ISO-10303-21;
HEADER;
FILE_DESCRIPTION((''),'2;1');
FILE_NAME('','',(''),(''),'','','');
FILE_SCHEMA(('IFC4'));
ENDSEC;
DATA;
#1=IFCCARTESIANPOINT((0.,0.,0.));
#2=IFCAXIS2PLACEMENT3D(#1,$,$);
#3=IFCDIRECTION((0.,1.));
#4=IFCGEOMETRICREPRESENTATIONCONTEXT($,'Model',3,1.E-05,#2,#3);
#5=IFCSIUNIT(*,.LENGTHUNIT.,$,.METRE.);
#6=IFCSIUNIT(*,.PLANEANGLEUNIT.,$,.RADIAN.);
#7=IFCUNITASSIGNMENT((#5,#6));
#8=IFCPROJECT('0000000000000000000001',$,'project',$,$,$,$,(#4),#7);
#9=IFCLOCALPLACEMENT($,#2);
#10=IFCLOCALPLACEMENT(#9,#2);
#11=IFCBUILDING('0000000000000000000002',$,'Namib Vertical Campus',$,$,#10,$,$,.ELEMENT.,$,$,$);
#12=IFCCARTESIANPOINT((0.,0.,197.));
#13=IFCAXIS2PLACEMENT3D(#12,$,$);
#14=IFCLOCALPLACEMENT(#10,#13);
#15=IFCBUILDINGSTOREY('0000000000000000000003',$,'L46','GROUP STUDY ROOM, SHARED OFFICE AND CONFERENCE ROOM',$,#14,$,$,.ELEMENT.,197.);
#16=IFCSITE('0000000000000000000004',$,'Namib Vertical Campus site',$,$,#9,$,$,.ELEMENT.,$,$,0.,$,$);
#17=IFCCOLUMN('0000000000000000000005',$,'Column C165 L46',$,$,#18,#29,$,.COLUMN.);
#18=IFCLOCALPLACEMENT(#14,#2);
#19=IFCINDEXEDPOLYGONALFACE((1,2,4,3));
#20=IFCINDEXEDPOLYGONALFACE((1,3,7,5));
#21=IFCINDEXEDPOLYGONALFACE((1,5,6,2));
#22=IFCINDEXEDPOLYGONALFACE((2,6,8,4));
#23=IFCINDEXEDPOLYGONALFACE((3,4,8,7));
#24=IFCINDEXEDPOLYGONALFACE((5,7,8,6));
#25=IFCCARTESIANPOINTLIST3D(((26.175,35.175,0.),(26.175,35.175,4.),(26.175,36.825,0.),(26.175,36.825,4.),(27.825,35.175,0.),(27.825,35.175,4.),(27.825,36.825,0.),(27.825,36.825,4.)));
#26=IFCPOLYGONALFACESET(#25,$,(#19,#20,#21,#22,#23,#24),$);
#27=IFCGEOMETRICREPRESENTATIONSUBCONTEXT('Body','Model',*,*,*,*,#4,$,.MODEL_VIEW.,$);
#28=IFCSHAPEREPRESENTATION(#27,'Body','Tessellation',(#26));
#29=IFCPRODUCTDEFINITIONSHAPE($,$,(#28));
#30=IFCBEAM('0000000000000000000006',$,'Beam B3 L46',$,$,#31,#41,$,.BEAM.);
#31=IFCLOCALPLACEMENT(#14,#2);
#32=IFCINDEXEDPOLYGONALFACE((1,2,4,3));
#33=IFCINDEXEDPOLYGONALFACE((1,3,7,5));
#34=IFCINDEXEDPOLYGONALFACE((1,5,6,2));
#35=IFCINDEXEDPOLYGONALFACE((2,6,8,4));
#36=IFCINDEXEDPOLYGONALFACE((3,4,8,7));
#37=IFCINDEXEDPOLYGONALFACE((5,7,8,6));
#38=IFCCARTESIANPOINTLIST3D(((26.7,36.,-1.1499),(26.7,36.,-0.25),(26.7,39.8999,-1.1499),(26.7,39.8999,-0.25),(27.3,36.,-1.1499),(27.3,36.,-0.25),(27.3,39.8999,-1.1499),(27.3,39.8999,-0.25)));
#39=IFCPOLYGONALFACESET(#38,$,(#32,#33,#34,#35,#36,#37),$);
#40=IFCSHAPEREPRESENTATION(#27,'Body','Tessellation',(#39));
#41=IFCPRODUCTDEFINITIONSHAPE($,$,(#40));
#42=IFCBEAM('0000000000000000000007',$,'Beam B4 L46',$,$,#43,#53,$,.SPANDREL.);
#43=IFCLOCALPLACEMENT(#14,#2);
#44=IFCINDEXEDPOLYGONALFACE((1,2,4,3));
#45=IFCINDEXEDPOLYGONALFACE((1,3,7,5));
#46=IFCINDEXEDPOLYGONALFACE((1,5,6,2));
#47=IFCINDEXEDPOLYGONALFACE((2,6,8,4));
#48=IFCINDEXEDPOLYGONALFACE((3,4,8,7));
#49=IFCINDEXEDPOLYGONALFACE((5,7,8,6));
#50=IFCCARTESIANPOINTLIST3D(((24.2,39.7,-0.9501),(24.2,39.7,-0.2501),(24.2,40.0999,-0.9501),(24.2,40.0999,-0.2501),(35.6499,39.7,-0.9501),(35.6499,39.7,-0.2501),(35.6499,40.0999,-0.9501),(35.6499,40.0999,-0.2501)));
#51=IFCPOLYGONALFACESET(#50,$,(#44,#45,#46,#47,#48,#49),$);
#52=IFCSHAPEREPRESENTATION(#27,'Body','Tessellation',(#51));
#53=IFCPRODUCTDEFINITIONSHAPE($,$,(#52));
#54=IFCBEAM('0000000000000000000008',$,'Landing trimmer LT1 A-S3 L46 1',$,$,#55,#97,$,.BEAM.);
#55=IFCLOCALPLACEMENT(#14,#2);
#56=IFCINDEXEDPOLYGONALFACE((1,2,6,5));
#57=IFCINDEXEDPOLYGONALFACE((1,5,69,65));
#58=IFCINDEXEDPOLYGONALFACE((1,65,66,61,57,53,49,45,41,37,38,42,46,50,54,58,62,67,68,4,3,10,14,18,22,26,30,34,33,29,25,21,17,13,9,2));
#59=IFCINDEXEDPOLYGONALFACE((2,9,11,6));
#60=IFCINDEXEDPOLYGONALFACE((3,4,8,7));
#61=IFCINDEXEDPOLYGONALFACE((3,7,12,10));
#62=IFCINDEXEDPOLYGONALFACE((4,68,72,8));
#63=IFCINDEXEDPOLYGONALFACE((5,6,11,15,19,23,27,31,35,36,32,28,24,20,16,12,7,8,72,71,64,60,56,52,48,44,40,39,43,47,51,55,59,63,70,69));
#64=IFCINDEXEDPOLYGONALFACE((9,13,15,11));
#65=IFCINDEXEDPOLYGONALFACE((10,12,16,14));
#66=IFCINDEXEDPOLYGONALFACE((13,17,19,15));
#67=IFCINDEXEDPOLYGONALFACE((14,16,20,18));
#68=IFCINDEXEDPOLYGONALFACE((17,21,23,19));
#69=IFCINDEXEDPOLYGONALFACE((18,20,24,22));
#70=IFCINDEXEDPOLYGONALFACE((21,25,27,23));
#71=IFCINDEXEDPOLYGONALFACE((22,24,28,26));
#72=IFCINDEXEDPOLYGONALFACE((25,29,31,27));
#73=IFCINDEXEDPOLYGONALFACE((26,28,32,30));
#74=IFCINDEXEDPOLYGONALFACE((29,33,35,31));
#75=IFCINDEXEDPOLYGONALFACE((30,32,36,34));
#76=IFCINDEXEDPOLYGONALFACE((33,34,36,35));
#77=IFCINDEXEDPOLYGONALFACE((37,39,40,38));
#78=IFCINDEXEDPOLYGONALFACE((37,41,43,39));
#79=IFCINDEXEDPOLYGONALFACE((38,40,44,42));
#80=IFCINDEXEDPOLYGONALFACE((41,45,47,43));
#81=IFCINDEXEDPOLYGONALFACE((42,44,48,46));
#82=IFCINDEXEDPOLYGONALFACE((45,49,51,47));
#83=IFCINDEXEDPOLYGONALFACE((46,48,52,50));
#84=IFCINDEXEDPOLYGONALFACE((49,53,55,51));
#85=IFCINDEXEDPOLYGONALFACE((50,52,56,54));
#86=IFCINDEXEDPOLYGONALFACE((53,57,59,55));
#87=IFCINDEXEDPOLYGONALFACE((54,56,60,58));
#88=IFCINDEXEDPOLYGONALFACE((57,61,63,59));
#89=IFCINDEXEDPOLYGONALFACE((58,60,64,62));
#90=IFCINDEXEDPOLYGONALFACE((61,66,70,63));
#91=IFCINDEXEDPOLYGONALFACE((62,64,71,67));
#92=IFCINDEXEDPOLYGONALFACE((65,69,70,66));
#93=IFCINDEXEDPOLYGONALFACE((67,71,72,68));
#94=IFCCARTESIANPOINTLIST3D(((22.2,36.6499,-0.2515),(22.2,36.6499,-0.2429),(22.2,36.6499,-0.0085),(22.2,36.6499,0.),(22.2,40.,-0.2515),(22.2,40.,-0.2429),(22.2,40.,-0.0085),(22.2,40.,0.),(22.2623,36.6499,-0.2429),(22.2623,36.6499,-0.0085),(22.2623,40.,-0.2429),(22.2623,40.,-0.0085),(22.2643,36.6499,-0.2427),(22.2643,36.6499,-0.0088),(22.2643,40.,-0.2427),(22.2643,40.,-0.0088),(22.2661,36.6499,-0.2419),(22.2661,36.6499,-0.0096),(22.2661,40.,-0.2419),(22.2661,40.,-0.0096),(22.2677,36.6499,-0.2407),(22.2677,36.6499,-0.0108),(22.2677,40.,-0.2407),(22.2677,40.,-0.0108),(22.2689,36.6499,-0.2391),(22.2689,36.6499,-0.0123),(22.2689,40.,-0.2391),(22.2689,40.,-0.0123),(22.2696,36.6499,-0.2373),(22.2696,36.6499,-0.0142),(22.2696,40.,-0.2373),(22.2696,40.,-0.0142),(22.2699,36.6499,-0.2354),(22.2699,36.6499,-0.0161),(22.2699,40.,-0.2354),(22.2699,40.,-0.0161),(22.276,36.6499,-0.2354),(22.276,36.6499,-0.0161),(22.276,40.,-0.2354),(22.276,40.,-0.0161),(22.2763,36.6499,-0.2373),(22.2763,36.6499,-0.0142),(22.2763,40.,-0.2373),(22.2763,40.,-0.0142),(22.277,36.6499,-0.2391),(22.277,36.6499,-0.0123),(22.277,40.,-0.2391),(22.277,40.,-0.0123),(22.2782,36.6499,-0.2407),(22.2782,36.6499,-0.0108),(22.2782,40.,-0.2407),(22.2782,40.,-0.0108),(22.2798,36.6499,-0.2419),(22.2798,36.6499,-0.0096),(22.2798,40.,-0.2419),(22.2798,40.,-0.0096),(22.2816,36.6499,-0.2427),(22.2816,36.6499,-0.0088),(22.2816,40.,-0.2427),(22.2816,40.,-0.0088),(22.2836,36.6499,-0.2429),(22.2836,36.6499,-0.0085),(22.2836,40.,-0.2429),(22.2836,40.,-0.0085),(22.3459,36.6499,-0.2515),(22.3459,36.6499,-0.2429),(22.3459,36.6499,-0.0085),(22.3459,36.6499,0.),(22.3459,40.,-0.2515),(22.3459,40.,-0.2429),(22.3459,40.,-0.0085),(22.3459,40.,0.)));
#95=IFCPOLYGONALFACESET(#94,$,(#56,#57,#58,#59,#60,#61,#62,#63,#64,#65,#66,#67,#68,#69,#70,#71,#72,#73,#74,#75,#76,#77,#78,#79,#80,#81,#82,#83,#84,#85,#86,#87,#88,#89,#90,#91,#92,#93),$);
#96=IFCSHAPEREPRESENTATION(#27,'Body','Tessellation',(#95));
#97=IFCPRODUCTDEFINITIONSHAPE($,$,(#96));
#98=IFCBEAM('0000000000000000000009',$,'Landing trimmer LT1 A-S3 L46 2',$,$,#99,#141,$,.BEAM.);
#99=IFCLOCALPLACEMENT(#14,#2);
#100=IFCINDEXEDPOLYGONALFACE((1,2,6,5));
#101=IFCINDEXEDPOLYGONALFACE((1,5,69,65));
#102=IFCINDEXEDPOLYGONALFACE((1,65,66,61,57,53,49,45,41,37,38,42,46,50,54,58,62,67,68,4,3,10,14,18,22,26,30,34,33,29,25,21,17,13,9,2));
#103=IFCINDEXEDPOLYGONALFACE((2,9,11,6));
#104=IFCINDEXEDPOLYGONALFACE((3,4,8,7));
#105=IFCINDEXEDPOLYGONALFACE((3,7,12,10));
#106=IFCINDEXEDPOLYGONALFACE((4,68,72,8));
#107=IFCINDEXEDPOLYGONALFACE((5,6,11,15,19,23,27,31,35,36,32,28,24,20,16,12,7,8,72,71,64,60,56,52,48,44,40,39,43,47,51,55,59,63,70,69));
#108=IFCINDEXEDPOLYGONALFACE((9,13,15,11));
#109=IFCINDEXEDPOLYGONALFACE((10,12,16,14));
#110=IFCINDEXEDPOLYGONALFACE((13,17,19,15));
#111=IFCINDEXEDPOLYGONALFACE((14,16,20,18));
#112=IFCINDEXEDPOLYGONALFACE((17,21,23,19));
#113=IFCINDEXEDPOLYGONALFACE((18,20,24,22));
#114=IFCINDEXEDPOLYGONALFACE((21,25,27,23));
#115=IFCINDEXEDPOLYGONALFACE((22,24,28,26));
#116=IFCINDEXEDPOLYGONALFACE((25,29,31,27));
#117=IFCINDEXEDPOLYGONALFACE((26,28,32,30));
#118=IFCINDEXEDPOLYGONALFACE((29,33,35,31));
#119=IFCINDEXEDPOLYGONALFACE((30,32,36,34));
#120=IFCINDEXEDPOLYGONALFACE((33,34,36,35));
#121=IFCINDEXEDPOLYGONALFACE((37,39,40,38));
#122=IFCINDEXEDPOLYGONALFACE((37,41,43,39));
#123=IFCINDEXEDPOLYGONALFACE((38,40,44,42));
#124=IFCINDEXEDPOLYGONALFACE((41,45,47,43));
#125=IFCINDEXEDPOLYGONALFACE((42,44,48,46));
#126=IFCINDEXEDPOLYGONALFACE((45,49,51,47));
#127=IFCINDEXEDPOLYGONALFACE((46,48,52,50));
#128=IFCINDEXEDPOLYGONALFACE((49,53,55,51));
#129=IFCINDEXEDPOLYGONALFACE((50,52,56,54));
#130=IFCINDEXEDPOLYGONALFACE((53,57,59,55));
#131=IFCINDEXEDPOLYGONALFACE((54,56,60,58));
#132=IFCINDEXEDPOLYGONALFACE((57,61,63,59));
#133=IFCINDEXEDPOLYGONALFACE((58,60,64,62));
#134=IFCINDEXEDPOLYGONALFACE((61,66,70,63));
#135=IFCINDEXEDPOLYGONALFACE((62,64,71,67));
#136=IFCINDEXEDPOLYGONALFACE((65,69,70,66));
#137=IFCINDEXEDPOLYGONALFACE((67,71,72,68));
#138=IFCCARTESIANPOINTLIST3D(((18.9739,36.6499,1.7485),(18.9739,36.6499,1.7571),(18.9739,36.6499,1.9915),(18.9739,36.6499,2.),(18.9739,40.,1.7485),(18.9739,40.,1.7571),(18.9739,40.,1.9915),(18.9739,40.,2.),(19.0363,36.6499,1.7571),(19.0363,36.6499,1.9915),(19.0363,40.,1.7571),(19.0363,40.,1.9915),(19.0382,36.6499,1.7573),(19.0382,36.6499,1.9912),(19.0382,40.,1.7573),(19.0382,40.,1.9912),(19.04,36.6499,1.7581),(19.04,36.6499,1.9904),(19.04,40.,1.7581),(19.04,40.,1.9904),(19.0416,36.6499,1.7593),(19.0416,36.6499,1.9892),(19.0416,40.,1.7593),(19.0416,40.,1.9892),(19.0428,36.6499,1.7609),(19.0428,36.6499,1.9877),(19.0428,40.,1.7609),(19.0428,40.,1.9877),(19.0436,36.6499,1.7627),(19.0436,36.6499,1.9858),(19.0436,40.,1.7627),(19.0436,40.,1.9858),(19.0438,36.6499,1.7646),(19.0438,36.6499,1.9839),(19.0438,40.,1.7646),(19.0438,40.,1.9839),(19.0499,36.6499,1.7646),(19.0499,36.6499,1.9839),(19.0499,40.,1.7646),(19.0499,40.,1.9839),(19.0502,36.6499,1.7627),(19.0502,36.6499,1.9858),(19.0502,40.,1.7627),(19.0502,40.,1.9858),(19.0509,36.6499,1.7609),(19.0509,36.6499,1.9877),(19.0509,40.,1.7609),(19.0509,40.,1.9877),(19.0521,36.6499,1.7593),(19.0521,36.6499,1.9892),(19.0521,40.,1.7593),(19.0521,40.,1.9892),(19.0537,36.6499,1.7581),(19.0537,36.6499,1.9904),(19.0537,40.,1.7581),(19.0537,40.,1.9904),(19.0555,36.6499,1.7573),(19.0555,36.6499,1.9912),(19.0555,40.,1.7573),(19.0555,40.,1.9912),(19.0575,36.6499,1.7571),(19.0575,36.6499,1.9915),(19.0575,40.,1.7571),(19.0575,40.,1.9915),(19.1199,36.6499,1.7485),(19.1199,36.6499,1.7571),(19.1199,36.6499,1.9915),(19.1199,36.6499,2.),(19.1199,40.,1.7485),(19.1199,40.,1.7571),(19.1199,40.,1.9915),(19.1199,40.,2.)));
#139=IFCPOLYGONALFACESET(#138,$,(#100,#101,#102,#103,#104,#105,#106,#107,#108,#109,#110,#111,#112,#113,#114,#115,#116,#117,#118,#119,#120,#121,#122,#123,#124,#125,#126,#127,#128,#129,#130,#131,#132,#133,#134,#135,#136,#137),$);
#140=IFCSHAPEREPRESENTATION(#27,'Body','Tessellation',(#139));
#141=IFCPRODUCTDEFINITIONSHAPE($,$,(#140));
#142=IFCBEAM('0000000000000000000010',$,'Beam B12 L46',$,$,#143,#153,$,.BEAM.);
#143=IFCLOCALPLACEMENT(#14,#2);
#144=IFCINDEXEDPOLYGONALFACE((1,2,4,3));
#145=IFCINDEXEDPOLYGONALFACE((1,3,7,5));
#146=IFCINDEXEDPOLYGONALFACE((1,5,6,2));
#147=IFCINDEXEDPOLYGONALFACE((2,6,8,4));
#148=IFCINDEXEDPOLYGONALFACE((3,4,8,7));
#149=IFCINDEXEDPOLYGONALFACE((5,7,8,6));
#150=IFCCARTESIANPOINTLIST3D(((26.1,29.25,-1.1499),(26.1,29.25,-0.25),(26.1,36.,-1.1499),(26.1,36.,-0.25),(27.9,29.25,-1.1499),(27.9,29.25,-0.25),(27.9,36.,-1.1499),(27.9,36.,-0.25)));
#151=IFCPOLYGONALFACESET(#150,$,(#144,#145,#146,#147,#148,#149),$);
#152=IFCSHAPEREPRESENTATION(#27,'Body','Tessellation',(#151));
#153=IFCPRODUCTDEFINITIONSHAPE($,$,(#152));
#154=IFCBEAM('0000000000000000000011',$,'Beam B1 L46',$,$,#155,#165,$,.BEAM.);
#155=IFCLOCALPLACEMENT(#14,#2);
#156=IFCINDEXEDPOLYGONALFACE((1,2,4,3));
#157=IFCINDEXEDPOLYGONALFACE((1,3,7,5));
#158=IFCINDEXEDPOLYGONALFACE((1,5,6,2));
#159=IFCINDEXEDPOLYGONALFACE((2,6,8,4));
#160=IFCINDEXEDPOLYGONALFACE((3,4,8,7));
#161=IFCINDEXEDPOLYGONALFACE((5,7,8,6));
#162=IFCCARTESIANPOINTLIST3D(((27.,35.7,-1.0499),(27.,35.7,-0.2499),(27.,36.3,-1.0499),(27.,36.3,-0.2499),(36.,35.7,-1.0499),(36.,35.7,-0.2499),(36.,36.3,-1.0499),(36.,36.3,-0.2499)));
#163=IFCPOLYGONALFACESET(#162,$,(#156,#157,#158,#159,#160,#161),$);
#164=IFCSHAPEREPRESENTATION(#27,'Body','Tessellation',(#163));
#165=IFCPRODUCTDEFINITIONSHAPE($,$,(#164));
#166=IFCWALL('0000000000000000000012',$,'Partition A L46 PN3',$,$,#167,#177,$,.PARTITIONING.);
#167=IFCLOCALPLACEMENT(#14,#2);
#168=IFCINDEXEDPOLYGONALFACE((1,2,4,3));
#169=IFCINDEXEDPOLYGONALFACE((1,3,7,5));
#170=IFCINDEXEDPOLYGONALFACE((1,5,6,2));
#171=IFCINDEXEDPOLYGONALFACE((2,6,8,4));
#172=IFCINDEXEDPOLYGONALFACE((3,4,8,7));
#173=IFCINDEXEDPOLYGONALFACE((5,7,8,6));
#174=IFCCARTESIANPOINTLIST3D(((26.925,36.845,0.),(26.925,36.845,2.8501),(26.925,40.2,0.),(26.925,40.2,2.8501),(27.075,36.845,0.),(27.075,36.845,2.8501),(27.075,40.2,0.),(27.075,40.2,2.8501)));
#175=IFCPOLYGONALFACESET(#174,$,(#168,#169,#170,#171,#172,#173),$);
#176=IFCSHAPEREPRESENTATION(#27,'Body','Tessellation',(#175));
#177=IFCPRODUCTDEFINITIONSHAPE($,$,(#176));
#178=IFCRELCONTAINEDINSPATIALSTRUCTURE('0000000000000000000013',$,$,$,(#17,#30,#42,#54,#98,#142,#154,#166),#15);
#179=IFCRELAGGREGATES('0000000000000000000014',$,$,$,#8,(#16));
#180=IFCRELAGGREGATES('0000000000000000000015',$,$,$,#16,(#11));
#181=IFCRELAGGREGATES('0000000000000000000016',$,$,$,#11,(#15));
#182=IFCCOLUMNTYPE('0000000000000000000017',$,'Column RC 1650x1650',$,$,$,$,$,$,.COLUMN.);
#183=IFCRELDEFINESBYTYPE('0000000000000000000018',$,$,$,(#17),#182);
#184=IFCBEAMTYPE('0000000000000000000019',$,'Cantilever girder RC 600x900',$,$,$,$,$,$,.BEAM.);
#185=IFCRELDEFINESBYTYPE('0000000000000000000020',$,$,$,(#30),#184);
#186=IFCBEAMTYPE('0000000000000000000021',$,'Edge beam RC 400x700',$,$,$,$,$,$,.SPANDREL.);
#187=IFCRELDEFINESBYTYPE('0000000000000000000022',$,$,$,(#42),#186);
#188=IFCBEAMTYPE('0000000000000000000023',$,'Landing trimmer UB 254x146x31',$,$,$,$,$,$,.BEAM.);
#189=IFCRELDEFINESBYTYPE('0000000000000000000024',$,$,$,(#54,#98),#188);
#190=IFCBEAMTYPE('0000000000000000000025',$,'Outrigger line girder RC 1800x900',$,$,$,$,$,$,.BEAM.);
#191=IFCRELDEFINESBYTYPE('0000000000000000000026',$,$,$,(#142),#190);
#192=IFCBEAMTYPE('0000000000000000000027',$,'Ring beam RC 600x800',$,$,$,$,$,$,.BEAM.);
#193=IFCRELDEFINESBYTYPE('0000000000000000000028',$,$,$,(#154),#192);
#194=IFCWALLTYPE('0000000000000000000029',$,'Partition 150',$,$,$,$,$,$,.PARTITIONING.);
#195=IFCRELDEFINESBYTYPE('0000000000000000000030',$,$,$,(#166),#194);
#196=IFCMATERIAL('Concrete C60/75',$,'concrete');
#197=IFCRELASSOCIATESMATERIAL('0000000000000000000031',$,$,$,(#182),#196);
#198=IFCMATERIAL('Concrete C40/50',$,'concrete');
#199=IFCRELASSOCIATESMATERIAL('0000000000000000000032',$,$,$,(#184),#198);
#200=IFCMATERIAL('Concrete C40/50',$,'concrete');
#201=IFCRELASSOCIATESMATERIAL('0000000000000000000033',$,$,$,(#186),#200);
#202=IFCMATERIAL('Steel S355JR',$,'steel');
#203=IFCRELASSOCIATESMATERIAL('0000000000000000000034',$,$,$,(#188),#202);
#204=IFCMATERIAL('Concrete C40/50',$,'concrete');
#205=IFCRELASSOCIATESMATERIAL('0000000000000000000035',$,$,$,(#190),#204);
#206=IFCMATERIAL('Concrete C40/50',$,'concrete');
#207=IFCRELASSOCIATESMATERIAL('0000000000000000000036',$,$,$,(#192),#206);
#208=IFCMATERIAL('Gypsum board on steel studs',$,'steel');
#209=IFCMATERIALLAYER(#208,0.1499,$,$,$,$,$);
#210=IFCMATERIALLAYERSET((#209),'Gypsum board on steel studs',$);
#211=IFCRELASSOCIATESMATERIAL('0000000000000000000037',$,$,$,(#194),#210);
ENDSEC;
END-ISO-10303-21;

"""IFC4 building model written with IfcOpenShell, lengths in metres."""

from ifc_helpers import new_model, si_unit, direction, frame, frame_2d, origin, origin_2d, place, context, subcontext, project, spatial, rectangle, i_section, extrude, material, layer, layer_set, material_profile, profile_set, type_object, element, save


model = new_model("IFC4")

# Units and contexts
model_context = context("Model", 3, precision=1e-05, world=origin(), true_north=direction((0.0, 1.0)))
body_context = subcontext(model_context, "Body", "Model", "MODEL_VIEW")
ifc_project = project(units=[si_unit("LENGTHUNIT", "METRE"), si_unit("PLANEANGLEUNIT", "RADIAN")], contexts=[model_context])

# Site, building, storey
site_placement = place(None, origin())
site = spatial("IfcSite", under=ifc_project, at=site_placement, Name="Namib Vertical Campus site", CompositionType="ELEMENT", RefElevation=0.0)
building_placement = place(site_placement, origin())
building = spatial("IfcBuilding", under=site, at=building_placement, Name="Namib Vertical Campus", CompositionType="ELEMENT")
storey_placement = place(building_placement, frame((0.0, 0.0, 197.0)))
storey = spatial("IfcBuildingStorey", under=building, at=storey_placement, Name="L46", Description="GROUP STUDY ROOM, SHARED OFFICE AND CONFERENCE ROOM", CompositionType="ELEMENT", Elevation=197.0)

# Column
ifc_material_1 = material(Name="Concrete C60/75", Category="concrete")
ifc_material_profile_1 = material_profile(ifc_material_1, rectangle(XDim=1.6499, YDim=1.6499, at=origin_2d()))
ifc_profile_set_1 = profile_set([ifc_material_profile_1], Name="Concrete C60/75")
column_type = type_object("IfcColumnType", Name="Column RC 1650x1650", PredefinedType="COLUMN", material=ifc_profile_set_1)
column_placement = place(storey_placement, frame((27.0, 36.0, 0.0), z_axis=(0.0, 0.0, 1.0), x_axis=(1.0, 0.0, 0.0)))
element("IfcColumn", 1, at=column_placement, inside=storey, type_object=column_type, Name="Column C165 L46", PredefinedType="COLUMN", context=body_context, shape_type="SweptSolid", body=[
    extrude(rectangle(XDim=1.6499, YDim=1.6499, at=origin_2d()), origin(), (0.0, 0.0, 1.0), 4.0),
])

# Beams
ifc_material_2 = material(Name="Concrete C40/50", Category="concrete")
ifc_material_profile_2 = material_profile(ifc_material_2, rectangle(XDim=0.6001, YDim=0.8999, at=origin_2d()))
ifc_profile_set_2 = profile_set([ifc_material_profile_2], Name="Concrete C40/50")
beam_type_1 = type_object("IfcBeamType", Name="Cantilever girder RC 600x900", PredefinedType="BEAM", material=ifc_profile_set_2)
beam_1_placement = place(storey_placement, frame((27.0, 36.0, -0.7), z_axis=(0.0, 1.0, 0.0), x_axis=(-1.0, 0.0, 0.0)))
element("IfcBeam", 2, at=beam_1_placement, inside=storey, type_object=beam_type_1, Name="Beam B3 L46", PredefinedType="BEAM", context=body_context, shape_type="SweptSolid", body=[
    extrude(rectangle(XDim=0.6001, YDim=0.8999, at=origin_2d()), origin(), (0.0, 0.0, 1.0), 3.8999),
])
ifc_material_3 = material(Name="Concrete C40/50", Category="concrete")
ifc_material_profile_3 = material_profile(ifc_material_3, rectangle(XDim=0.3999, YDim=0.7, at=origin_2d()))
ifc_profile_set_3 = profile_set([ifc_material_profile_3], Name="Concrete C40/50")
beam_type_2 = type_object("IfcBeamType", Name="Edge beam RC 400x700", PredefinedType="SPANDREL", material=ifc_profile_set_3)
beam_2_placement = place(storey_placement, frame((24.2, 39.8999, -0.6001), z_axis=(1.0, 0.0, 0.0), x_axis=(0.0, 1.0, 0.0)))
element("IfcBeam", 3, at=beam_2_placement, inside=storey, type_object=beam_type_2, Name="Beam B4 L46", PredefinedType="SPANDREL", context=body_context, shape_type="SweptSolid", body=[
    extrude(rectangle(XDim=0.3999, YDim=0.7, at=origin_2d()), origin(), (0.0, 0.0, 1.0), 11.45),
])
ifc_material_4 = material(Name="Steel S355JR", Category="steel")
ifc_material_profile_4 = material_profile(ifc_material_4, i_section(OverallWidth=0.146, OverallDepth=0.2515, WebThickness=0.0061, FlangeThickness=0.0085, FilletRadius=0.0076, at=origin_2d()))
ifc_profile_set_4 = profile_set([ifc_material_profile_4], Name="Steel S355JR")
beam_type_3 = type_object("IfcBeamType", Name="Landing trimmer UB 254x146x31", PredefinedType="BEAM", material=ifc_profile_set_4)
for number, where, z_axis, x_axis, name in (
    (4, (22.2729, 36.6499, -0.1257), (0.0, 1.0, 0.0), (-1.0, 0.0, 0.0), "Landing trimmer LT1 A-S3 L46 1"),
    (5, (19.0469, 36.6499, 1.8743), (0.0, 1.0, 0.0), (-1.0, 0.0, 0.0), "Landing trimmer LT1 A-S3 L46 2"),
):
    element("IfcBeam", number, at=place(storey_placement, frame(where, z_axis=z_axis, x_axis=x_axis)), inside=storey, type_object=beam_type_3, Name=name, PredefinedType="BEAM", context=body_context, shape_type="SweptSolid", body=[
        extrude(i_section(OverallWidth=0.146, OverallDepth=0.2515, WebThickness=0.0061, FlangeThickness=0.0085, FilletRadius=0.0076, at=origin_2d()), origin(), (0.0, 0.0, 1.0), 3.3501),
    ])
ifc_material_5 = material(Name="Concrete C40/50", Category="concrete")
ifc_material_profile_5 = material_profile(ifc_material_5, rectangle(XDim=1.8, YDim=0.8999, at=origin_2d()))
ifc_profile_set_5 = profile_set([ifc_material_profile_5], Name="Concrete C40/50")
beam_type_4 = type_object("IfcBeamType", Name="Outrigger line girder RC 1800x900", PredefinedType="BEAM", material=ifc_profile_set_5)
beam_3_placement = place(storey_placement, frame((27.0, 36.0, -0.7), z_axis=(0.0, -1.0, 0.0), x_axis=(1.0, 0.0, 0.0)))
element("IfcBeam", 6, at=beam_3_placement, inside=storey, type_object=beam_type_4, Name="Beam B12 L46", PredefinedType="BEAM", context=body_context, shape_type="SweptSolid", body=[
    extrude(rectangle(XDim=1.8, YDim=0.8999, at=origin_2d()), origin(), (0.0, 0.0, 1.0), 6.75),
])
ifc_material_6 = material(Name="Concrete C40/50", Category="concrete")
ifc_material_profile_6 = material_profile(ifc_material_6, rectangle(XDim=0.6001, YDim=0.8, at=origin_2d()))
ifc_profile_set_6 = profile_set([ifc_material_profile_6], Name="Concrete C40/50")
beam_type_5 = type_object("IfcBeamType", Name="Ring beam RC 600x800", PredefinedType="BEAM", material=ifc_profile_set_6)
beam_4_placement = place(storey_placement, frame((27.0, 36.0, -0.6499), z_axis=(1.0, 0.0, 0.0), x_axis=(0.0, 1.0, 0.0)))
element("IfcBeam", 7, at=beam_4_placement, inside=storey, type_object=beam_type_5, Name="Beam B1 L46", PredefinedType="BEAM", context=body_context, shape_type="SweptSolid", body=[
    extrude(rectangle(XDim=0.6001, YDim=0.8, at=origin_2d()), origin(), (0.0, 0.0, 1.0), 9.0),
])

# Wall
ifc_material_7 = material(Name="Gypsum board on steel studs", Category="steel")
ifc_layer_1 = layer(ifc_material_7, 0.1499)
ifc_layer_set_1 = layer_set([ifc_layer_1], Name="Gypsum board on steel studs")
wall_type_1 = type_object("IfcWallType", Name="Partition 150", PredefinedType="PARTITIONING", material=ifc_layer_set_1)
wall_1_placement = place(storey_placement, frame((27.0, 36.845, 0.0), z_axis=(0.0, 0.0, 1.0), x_axis=(0.0, 1.0, 0.0)))
element("IfcWall", 8, at=wall_1_placement, inside=storey, type_object=wall_type_1, Name="Partition A L46 PN3", PredefinedType="PARTITIONING", context=body_context, shape_type="SweptSolid", body=[
    extrude(rectangle(XDim=3.355, YDim=0.1499, at=frame_2d((1.6775, 0.0))), origin(), (0.0, 0.0, 1.0), 2.8501),
])

save(model, "model.ifc")
